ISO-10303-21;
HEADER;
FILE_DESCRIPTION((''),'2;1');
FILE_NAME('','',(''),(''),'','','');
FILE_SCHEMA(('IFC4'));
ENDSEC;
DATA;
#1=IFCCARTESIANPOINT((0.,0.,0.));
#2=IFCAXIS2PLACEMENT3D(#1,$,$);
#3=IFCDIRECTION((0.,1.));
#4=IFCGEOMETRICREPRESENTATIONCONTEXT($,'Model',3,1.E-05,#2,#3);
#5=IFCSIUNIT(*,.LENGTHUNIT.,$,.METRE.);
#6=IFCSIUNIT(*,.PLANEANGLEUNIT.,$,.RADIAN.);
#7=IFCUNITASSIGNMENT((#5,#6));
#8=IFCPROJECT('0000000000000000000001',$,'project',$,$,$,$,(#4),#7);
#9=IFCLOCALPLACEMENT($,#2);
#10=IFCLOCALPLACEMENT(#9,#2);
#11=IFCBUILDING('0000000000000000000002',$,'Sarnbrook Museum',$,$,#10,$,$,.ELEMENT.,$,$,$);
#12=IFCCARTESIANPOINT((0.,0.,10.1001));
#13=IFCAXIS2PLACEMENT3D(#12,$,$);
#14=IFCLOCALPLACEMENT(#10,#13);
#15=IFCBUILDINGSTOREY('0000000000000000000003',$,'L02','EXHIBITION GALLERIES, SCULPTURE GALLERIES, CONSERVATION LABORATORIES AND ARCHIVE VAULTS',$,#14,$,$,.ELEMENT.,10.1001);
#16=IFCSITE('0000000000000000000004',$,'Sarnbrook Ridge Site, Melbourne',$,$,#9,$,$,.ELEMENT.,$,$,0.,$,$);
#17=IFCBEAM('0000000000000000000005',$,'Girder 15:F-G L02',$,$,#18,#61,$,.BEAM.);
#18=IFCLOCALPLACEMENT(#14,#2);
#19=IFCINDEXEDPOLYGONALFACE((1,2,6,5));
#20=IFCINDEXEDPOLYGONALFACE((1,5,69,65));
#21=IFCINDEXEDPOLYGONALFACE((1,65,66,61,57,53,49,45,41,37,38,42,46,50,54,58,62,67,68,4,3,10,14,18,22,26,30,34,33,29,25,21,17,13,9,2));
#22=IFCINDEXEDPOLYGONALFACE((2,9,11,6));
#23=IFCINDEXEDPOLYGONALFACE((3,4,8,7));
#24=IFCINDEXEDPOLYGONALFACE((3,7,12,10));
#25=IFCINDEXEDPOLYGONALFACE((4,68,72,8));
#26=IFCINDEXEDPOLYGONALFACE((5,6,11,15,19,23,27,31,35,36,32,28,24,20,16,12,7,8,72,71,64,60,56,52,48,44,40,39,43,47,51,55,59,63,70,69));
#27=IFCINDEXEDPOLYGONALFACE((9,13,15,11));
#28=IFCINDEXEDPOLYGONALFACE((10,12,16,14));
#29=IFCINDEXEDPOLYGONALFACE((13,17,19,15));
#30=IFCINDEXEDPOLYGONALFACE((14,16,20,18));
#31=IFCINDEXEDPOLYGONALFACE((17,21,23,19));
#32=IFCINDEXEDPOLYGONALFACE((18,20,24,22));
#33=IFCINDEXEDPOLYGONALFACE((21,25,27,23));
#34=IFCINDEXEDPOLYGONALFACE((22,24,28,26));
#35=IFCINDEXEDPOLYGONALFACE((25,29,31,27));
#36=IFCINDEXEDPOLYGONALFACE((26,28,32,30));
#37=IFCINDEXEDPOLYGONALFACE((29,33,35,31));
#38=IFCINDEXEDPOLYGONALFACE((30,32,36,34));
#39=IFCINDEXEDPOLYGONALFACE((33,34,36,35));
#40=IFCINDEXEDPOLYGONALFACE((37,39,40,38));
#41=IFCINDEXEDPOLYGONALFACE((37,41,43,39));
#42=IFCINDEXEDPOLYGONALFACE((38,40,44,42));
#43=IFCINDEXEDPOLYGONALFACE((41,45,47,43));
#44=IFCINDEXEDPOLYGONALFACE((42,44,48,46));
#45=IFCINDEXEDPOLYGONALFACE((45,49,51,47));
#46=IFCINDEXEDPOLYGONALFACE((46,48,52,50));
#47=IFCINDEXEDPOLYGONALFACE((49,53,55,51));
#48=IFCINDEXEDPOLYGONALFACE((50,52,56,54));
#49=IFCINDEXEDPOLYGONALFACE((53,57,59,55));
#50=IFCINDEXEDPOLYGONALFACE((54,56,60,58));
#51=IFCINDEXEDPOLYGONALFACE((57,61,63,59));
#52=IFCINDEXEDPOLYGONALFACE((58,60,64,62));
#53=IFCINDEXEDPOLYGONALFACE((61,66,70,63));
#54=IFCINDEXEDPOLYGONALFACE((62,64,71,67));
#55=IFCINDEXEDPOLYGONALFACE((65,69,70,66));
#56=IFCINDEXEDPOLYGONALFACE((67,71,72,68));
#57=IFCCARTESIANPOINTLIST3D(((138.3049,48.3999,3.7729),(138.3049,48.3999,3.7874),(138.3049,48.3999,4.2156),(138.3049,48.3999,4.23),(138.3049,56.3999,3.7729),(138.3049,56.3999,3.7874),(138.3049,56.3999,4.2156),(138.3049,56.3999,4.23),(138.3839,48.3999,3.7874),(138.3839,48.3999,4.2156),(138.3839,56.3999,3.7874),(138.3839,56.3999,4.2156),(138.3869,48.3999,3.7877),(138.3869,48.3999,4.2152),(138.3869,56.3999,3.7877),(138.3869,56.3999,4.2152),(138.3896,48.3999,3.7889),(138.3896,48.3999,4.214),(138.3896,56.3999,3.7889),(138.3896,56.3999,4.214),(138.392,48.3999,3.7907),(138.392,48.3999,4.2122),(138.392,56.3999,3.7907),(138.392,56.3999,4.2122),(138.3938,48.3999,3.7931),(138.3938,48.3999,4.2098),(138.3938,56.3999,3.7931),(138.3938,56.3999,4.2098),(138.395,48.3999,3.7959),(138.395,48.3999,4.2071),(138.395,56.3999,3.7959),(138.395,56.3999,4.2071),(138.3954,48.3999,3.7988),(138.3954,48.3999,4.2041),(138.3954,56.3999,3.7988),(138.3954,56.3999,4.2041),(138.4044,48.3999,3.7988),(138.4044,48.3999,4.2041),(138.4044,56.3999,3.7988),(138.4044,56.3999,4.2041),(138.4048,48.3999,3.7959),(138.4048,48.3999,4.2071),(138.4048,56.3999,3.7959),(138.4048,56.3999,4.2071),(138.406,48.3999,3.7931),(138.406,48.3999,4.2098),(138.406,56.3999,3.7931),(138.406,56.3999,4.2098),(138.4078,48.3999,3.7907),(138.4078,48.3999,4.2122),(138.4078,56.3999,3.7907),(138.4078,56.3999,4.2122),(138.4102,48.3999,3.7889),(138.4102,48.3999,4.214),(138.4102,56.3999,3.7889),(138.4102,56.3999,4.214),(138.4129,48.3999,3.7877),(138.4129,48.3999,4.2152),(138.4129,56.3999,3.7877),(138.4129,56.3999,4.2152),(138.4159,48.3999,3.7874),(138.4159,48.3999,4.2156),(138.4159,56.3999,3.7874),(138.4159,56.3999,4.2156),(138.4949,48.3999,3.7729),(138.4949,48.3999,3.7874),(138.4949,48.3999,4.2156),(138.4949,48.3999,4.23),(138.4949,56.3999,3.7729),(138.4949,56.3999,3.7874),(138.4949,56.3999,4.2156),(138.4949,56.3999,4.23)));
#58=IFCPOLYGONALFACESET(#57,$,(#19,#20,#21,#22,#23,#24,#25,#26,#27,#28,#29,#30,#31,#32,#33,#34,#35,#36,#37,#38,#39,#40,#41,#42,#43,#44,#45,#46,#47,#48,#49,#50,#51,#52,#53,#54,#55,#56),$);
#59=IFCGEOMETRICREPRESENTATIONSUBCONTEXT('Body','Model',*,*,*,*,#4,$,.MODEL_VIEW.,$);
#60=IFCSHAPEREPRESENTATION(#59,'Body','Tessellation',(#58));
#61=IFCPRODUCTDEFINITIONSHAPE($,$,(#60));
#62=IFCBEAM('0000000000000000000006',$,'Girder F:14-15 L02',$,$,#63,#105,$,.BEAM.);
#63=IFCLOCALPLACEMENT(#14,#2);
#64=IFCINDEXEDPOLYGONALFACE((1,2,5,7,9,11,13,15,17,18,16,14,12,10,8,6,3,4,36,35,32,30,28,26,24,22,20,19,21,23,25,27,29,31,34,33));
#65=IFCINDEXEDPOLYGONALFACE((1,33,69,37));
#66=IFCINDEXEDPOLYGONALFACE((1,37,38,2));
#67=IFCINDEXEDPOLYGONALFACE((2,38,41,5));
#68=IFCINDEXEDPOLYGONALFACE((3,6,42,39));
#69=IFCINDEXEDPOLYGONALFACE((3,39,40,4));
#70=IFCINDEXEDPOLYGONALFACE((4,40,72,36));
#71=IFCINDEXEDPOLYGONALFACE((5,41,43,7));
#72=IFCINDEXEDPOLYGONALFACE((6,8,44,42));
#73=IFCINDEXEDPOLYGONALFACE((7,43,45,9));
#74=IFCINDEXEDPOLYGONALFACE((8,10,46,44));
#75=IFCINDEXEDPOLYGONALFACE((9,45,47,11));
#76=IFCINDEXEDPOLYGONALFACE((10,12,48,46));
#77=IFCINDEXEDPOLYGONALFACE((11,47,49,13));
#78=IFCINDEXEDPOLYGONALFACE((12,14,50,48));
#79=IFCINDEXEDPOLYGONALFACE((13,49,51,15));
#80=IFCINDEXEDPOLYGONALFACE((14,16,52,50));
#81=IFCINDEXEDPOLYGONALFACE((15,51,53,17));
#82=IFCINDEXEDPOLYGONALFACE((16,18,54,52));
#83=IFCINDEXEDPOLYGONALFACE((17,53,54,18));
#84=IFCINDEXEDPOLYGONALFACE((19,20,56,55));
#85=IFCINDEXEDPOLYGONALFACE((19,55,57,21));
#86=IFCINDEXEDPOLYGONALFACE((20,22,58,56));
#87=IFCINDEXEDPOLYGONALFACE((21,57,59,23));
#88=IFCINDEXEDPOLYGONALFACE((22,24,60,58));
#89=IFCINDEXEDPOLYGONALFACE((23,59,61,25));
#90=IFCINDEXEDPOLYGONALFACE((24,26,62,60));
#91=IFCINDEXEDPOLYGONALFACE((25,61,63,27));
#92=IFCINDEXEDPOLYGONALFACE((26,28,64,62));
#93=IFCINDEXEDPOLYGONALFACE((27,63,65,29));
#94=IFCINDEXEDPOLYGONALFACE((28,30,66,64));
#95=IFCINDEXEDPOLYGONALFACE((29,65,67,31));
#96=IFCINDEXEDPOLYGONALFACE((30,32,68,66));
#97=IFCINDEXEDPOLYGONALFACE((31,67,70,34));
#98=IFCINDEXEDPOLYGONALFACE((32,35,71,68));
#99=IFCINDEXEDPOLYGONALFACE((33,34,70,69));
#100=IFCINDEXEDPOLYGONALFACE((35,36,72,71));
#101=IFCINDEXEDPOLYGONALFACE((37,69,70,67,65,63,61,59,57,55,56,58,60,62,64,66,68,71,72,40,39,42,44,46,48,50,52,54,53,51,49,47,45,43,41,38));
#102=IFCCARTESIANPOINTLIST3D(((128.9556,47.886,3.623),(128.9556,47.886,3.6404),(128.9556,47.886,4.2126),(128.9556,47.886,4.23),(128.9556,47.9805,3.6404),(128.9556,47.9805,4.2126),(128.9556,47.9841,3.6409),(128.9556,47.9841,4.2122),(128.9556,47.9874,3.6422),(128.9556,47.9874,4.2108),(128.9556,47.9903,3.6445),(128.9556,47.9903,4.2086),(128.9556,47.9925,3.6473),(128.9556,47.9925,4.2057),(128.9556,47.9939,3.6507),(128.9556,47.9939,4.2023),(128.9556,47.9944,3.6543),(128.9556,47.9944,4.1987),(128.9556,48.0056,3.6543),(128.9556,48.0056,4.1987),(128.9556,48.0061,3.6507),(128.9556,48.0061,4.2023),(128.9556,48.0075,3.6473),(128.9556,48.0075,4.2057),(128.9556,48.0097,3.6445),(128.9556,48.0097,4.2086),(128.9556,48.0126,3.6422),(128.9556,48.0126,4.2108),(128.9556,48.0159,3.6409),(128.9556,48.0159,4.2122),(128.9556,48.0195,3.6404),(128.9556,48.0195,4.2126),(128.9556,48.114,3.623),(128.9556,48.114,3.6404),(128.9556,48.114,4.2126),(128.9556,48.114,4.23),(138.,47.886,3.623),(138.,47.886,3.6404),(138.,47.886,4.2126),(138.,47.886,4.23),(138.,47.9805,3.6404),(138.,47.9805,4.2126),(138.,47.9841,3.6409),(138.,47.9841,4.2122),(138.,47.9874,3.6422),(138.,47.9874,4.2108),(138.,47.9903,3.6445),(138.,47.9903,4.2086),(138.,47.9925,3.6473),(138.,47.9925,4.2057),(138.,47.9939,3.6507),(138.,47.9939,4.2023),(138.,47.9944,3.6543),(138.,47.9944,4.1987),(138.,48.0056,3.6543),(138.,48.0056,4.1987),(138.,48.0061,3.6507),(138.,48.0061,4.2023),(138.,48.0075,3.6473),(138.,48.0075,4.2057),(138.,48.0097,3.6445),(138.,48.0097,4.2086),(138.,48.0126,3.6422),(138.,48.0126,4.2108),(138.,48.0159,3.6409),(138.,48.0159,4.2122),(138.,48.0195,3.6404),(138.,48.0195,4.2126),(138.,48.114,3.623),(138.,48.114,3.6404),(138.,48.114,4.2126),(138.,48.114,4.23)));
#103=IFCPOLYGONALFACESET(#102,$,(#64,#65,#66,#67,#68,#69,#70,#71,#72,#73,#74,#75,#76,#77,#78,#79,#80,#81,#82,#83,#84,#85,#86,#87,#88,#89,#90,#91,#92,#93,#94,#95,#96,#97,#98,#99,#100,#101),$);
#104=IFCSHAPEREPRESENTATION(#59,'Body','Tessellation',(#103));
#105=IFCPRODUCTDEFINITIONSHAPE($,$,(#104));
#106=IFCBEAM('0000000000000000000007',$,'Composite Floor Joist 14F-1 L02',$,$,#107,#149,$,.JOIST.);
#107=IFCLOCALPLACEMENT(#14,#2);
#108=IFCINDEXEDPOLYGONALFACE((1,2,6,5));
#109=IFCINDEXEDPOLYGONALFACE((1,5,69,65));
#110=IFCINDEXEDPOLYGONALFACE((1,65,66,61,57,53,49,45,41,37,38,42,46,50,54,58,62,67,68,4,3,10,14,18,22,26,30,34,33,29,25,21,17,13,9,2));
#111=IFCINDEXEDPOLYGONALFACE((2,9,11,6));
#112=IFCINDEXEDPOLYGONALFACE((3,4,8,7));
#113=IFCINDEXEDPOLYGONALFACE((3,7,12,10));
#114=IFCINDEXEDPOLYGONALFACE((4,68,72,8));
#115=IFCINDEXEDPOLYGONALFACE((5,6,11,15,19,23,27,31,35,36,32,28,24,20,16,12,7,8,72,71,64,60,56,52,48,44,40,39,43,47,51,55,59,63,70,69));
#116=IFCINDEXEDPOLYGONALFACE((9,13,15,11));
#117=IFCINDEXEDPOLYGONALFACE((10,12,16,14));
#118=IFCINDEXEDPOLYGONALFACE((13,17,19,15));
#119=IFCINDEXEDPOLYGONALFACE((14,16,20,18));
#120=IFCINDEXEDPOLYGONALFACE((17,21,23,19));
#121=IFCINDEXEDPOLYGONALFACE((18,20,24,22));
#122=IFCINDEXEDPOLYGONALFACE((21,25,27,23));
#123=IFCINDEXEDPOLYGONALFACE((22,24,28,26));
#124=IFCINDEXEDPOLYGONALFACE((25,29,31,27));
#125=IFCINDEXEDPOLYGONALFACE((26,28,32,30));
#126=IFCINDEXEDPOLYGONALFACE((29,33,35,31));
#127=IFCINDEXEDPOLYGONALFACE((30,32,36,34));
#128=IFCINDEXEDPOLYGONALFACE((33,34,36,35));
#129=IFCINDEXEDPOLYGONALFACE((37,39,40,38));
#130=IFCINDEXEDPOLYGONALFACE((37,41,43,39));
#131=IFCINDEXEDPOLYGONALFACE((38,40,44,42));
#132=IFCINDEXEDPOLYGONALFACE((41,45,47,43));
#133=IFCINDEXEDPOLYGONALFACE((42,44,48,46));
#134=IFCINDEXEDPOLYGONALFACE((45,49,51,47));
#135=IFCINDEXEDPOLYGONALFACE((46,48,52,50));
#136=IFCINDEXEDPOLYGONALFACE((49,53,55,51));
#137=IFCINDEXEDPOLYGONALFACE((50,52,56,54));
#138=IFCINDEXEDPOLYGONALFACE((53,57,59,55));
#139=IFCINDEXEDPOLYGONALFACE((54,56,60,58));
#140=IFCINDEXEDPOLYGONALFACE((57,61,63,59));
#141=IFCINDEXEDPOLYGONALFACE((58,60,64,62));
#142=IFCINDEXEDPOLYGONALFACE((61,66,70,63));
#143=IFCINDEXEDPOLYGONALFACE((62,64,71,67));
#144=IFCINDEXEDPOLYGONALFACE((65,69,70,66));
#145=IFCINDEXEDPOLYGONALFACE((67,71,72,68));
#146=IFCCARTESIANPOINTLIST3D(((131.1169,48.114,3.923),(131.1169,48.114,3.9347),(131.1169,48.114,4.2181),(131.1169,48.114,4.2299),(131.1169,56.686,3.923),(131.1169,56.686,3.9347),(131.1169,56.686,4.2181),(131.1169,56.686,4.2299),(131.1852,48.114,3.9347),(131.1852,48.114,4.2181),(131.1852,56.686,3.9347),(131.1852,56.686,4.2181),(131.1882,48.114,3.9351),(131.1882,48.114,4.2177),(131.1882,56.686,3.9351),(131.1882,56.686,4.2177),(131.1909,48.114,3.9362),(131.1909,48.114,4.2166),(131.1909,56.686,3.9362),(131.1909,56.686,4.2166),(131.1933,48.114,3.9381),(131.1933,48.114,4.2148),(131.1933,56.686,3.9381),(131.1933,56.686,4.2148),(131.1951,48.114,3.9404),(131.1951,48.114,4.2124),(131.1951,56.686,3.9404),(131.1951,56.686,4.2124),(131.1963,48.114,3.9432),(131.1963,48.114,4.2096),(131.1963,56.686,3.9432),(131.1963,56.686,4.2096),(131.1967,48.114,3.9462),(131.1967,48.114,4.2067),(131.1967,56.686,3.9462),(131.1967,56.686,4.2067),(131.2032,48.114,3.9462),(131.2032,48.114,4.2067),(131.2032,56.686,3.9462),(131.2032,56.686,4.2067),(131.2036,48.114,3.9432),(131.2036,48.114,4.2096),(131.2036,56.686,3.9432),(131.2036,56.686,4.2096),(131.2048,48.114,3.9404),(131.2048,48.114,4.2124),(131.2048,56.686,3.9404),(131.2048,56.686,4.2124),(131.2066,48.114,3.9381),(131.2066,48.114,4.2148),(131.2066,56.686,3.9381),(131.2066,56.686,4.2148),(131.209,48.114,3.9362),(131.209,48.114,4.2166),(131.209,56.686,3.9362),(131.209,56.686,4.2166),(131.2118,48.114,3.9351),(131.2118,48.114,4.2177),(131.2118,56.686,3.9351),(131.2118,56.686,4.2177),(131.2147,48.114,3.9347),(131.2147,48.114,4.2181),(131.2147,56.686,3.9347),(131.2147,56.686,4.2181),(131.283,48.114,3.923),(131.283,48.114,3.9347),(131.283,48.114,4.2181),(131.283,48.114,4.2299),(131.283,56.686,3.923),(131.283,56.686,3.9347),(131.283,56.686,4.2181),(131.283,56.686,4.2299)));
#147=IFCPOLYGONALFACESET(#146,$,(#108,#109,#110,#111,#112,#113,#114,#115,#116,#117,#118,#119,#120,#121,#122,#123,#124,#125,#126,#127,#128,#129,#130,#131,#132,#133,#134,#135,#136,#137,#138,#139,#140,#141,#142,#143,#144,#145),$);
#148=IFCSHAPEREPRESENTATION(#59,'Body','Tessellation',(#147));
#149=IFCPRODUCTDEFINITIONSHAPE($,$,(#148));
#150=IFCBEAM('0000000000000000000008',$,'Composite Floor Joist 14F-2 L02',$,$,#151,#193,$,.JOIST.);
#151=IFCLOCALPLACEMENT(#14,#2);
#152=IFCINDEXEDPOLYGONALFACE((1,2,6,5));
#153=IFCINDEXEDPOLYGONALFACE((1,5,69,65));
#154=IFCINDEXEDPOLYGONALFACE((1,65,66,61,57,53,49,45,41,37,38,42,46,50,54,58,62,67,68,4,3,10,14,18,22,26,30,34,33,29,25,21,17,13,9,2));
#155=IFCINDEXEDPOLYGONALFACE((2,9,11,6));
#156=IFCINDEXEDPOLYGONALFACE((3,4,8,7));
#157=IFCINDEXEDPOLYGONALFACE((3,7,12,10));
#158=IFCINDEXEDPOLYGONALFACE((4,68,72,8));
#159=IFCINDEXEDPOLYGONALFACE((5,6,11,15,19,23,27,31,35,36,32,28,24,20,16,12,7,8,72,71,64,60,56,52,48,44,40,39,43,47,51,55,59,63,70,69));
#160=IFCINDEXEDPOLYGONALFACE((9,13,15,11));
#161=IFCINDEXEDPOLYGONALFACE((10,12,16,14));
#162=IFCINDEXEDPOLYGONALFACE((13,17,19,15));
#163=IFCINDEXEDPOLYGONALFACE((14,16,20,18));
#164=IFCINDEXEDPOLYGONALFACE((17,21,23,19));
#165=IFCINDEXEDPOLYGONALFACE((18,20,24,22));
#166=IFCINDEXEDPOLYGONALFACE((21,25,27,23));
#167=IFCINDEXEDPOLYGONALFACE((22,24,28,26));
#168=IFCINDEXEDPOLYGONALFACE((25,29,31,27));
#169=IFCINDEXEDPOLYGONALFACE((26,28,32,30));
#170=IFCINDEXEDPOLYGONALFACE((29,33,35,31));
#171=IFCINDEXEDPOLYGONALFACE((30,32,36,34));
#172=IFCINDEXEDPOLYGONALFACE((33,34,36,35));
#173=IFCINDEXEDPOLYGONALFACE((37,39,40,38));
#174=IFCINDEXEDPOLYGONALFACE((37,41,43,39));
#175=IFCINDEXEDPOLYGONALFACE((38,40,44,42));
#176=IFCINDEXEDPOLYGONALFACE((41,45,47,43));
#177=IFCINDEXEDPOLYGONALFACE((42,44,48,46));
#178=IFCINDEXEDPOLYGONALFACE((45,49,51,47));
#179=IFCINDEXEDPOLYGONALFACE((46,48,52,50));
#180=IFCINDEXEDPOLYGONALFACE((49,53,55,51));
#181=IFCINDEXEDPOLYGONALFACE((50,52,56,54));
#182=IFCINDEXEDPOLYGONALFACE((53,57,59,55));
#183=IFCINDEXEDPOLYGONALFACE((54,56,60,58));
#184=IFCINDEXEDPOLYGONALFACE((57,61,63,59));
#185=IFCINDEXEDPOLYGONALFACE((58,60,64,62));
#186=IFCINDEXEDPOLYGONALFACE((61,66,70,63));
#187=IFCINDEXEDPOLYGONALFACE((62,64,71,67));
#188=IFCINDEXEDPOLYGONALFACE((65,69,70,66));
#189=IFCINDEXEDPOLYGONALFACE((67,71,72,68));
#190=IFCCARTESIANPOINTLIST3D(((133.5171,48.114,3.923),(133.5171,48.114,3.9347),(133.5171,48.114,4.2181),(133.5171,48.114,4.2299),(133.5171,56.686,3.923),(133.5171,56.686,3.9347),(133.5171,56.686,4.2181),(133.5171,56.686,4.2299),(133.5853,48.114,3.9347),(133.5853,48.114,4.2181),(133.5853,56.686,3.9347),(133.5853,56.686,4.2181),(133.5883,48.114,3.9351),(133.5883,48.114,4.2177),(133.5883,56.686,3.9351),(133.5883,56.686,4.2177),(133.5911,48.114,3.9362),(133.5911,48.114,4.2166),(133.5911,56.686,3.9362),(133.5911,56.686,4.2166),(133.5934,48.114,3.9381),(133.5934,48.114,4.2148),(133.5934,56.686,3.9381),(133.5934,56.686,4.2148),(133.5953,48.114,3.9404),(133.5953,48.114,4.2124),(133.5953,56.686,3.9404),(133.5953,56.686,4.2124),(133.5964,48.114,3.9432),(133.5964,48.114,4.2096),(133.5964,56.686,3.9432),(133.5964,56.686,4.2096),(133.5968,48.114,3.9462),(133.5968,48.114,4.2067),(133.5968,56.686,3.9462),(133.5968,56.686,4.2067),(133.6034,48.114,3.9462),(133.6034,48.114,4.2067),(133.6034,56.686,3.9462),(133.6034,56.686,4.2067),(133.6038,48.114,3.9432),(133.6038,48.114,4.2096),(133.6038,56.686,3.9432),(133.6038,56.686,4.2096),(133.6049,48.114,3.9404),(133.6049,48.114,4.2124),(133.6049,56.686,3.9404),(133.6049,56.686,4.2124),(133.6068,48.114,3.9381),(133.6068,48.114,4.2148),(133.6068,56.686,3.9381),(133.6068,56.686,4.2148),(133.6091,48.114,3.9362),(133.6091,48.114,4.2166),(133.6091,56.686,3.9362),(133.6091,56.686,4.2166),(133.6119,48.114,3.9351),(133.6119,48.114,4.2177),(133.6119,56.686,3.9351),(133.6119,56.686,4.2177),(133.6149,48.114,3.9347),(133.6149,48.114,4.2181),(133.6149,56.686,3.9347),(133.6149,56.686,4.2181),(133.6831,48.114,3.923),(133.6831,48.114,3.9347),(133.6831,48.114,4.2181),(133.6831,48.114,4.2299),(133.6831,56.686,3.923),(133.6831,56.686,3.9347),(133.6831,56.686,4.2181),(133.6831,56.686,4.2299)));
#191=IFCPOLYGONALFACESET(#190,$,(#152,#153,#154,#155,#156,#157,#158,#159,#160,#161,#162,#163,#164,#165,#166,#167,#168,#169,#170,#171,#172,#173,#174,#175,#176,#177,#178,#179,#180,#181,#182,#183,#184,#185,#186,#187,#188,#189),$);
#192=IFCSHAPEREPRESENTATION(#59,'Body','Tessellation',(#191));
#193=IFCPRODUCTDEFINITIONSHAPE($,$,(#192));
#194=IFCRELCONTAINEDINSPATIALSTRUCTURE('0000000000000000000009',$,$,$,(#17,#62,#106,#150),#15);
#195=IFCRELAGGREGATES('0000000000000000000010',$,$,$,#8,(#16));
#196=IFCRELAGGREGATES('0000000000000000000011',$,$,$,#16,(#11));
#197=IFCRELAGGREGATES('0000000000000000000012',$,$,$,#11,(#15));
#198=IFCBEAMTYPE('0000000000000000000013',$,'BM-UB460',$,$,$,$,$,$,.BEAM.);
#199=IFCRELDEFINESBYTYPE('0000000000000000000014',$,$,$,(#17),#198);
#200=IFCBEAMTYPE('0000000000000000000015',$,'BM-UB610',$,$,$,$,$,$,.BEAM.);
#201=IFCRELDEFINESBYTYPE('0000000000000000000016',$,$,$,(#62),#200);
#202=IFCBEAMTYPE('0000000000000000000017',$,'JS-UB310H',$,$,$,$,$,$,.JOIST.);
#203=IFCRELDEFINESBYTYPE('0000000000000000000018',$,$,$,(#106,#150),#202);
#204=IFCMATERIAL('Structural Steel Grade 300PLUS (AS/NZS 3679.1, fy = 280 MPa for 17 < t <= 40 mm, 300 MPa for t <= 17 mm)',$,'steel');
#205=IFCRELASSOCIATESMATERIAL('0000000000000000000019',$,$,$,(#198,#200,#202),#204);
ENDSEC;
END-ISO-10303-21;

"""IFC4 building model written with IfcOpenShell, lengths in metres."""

from ifc_helpers import new_model, si_unit, direction, frame, origin, origin_2d, place, context, subcontext, project, spatial, i_section, extrude, material, material_profile, profile_set, type_object, element, save


model = new_model("IFC4")

# Units and contexts
model_context = context("Model", 3, precision=1e-05, world=origin(), true_north=direction((0.0, 1.0)))
body_context = subcontext(model_context, "Body", "Model", "MODEL_VIEW")
ifc_project = project(units=[si_unit("LENGTHUNIT", "METRE"), si_unit("PLANEANGLEUNIT", "RADIAN")], contexts=[model_context])

# Site, building, storey
site_placement = place(None, origin())
site = spatial("IfcSite", under=ifc_project, at=site_placement, Name="Sarnbrook Ridge Site, Melbourne", CompositionType="ELEMENT", RefElevation=0.0)
building_placement = place(site_placement, origin())
building = spatial("IfcBuilding", under=site, at=building_placement, Name="Sarnbrook Museum", CompositionType="ELEMENT")
storey_placement = place(building_placement, frame((0.0, 0.0, 10.1001)))
storey = spatial("IfcBuildingStorey", under=building, at=storey_placement, Name="L02", Description="EXHIBITION GALLERIES, SCULPTURE GALLERIES, CONSERVATION LABORATORIES AND ARCHIVE VAULTS", CompositionType="ELEMENT", Elevation=10.1001)

# Shared definitions
ifc_material_1 = material(Name="Structural Steel Grade 300PLUS (AS/NZS 3679.1, fy = 280 MPa for 17 < t <= 40 mm, 300 MPa for t <= 17 mm)", Category="steel")

# Beams
ifc_material_profile_1 = material_profile(ifc_material_1, i_section(OverallWidth=0.1899, OverallDepth=0.457, WebThickness=0.009, FlangeThickness=0.0144, FilletRadius=0.0115, at=origin_2d()), Name="460UB74.6")
ifc_profile_set_1 = profile_set([ifc_material_profile_1], Name="Structural Steel Grade 300PLUS (AS/NZS 3679.1, fy = 280 MPa for 17 < t <= 40 mm, 300 MPa for t <= 17 mm)")
beam_type_1 = type_object("IfcBeamType", Name="BM-UB460", PredefinedType="BEAM", material=ifc_profile_set_1)
for number, where, z_axis, x_axis, name in (
    (1, (138.3999, 48.3999, 4.0015), (0.0, 1.0, 0.0), (-1.0, 0.0, 0.0), "Girder 15:F-G L02"),
):
    element("IfcBeam", number, at=place(storey_placement, frame(where, z_axis=z_axis, x_axis=x_axis)), inside=storey, type_object=beam_type_1, Name=name, PredefinedType="BEAM", context=body_context, shape_type="SweptSolid", body=[
        extrude(i_section(OverallWidth=0.1899, OverallDepth=0.457, WebThickness=0.009, FlangeThickness=0.0144, FilletRadius=0.0115, at=origin_2d()), origin(), (0.0, 0.0, 1.0), 8.0),
    ])
ifc_material_profile_2 = material_profile(ifc_material_1, i_section(OverallWidth=0.228, OverallDepth=0.6069, WebThickness=0.0112, FlangeThickness=0.0173, FilletRadius=0.0139, at=origin_2d()), Name="610UB113")
ifc_profile_set_2 = profile_set([ifc_material_profile_2], Name="Structural Steel Grade 300PLUS (AS/NZS 3679.1, fy = 280 MPa for 17 < t <= 40 mm, 300 MPa for t <= 17 mm)")
beam_type_2 = type_object("IfcBeamType", Name="BM-UB610", PredefinedType="BEAM", material=ifc_profile_set_2)
beam_1_placement = place(storey_placement, frame((128.9556, 48.0, 3.9265), z_axis=(1.0, 0.0, 0.0), x_axis=(0.0, 1.0, 0.0)))
element("IfcBeam", 2, at=beam_1_placement, inside=storey, type_object=beam_type_2, Name="Girder F:14-15 L02", PredefinedType="BEAM", context=body_context, shape_type="SweptSolid", body=[
    extrude(i_section(OverallWidth=0.228, OverallDepth=0.6069, WebThickness=0.0112, FlangeThickness=0.0173, FilletRadius=0.0139, at=origin_2d()), origin(), (0.0, 0.0, 1.0), 9.0444),
])
ifc_material_profile_3 = material_profile(ifc_material_1, i_section(OverallWidth=0.166, OverallDepth=0.3069, WebThickness=0.0066, FlangeThickness=0.0117, FilletRadius=0.0115, at=origin_2d()), Name="310UB46.2")
ifc_profile_set_3 = profile_set([ifc_material_profile_3], Name="Structural Steel Grade 300PLUS (AS/NZS 3679.1, fy = 280 MPa for 17 < t <= 40 mm, 300 MPa for t <= 17 mm)")
beam_type_3 = type_object("IfcBeamType", Name="JS-UB310H", PredefinedType="JOIST", material=ifc_profile_set_3)
for number, where, z_axis, x_axis, name in (
    (3, (131.2, 48.114, 4.0764), (0.0, 1.0, 0.0), (-1.0, 0.0, 0.0), "Composite Floor Joist 14F-1 L02"),
    (4, (133.6001, 48.114, 4.0764), (0.0, 1.0, 0.0), (-1.0, 0.0, 0.0), "Composite Floor Joist 14F-2 L02"),
):
    element("IfcBeam", number, at=place(storey_placement, frame(where, z_axis=z_axis, x_axis=x_axis)), inside=storey, type_object=beam_type_3, Name=name, PredefinedType="JOIST", context=body_context, shape_type="SweptSolid", body=[
        extrude(i_section(OverallWidth=0.166, OverallDepth=0.3069, WebThickness=0.0066, FlangeThickness=0.0117, FilletRadius=0.0115, at=origin_2d()), origin(), (0.0, 0.0, 1.0), 8.572),
    ])

save(model, "model.ifc")
